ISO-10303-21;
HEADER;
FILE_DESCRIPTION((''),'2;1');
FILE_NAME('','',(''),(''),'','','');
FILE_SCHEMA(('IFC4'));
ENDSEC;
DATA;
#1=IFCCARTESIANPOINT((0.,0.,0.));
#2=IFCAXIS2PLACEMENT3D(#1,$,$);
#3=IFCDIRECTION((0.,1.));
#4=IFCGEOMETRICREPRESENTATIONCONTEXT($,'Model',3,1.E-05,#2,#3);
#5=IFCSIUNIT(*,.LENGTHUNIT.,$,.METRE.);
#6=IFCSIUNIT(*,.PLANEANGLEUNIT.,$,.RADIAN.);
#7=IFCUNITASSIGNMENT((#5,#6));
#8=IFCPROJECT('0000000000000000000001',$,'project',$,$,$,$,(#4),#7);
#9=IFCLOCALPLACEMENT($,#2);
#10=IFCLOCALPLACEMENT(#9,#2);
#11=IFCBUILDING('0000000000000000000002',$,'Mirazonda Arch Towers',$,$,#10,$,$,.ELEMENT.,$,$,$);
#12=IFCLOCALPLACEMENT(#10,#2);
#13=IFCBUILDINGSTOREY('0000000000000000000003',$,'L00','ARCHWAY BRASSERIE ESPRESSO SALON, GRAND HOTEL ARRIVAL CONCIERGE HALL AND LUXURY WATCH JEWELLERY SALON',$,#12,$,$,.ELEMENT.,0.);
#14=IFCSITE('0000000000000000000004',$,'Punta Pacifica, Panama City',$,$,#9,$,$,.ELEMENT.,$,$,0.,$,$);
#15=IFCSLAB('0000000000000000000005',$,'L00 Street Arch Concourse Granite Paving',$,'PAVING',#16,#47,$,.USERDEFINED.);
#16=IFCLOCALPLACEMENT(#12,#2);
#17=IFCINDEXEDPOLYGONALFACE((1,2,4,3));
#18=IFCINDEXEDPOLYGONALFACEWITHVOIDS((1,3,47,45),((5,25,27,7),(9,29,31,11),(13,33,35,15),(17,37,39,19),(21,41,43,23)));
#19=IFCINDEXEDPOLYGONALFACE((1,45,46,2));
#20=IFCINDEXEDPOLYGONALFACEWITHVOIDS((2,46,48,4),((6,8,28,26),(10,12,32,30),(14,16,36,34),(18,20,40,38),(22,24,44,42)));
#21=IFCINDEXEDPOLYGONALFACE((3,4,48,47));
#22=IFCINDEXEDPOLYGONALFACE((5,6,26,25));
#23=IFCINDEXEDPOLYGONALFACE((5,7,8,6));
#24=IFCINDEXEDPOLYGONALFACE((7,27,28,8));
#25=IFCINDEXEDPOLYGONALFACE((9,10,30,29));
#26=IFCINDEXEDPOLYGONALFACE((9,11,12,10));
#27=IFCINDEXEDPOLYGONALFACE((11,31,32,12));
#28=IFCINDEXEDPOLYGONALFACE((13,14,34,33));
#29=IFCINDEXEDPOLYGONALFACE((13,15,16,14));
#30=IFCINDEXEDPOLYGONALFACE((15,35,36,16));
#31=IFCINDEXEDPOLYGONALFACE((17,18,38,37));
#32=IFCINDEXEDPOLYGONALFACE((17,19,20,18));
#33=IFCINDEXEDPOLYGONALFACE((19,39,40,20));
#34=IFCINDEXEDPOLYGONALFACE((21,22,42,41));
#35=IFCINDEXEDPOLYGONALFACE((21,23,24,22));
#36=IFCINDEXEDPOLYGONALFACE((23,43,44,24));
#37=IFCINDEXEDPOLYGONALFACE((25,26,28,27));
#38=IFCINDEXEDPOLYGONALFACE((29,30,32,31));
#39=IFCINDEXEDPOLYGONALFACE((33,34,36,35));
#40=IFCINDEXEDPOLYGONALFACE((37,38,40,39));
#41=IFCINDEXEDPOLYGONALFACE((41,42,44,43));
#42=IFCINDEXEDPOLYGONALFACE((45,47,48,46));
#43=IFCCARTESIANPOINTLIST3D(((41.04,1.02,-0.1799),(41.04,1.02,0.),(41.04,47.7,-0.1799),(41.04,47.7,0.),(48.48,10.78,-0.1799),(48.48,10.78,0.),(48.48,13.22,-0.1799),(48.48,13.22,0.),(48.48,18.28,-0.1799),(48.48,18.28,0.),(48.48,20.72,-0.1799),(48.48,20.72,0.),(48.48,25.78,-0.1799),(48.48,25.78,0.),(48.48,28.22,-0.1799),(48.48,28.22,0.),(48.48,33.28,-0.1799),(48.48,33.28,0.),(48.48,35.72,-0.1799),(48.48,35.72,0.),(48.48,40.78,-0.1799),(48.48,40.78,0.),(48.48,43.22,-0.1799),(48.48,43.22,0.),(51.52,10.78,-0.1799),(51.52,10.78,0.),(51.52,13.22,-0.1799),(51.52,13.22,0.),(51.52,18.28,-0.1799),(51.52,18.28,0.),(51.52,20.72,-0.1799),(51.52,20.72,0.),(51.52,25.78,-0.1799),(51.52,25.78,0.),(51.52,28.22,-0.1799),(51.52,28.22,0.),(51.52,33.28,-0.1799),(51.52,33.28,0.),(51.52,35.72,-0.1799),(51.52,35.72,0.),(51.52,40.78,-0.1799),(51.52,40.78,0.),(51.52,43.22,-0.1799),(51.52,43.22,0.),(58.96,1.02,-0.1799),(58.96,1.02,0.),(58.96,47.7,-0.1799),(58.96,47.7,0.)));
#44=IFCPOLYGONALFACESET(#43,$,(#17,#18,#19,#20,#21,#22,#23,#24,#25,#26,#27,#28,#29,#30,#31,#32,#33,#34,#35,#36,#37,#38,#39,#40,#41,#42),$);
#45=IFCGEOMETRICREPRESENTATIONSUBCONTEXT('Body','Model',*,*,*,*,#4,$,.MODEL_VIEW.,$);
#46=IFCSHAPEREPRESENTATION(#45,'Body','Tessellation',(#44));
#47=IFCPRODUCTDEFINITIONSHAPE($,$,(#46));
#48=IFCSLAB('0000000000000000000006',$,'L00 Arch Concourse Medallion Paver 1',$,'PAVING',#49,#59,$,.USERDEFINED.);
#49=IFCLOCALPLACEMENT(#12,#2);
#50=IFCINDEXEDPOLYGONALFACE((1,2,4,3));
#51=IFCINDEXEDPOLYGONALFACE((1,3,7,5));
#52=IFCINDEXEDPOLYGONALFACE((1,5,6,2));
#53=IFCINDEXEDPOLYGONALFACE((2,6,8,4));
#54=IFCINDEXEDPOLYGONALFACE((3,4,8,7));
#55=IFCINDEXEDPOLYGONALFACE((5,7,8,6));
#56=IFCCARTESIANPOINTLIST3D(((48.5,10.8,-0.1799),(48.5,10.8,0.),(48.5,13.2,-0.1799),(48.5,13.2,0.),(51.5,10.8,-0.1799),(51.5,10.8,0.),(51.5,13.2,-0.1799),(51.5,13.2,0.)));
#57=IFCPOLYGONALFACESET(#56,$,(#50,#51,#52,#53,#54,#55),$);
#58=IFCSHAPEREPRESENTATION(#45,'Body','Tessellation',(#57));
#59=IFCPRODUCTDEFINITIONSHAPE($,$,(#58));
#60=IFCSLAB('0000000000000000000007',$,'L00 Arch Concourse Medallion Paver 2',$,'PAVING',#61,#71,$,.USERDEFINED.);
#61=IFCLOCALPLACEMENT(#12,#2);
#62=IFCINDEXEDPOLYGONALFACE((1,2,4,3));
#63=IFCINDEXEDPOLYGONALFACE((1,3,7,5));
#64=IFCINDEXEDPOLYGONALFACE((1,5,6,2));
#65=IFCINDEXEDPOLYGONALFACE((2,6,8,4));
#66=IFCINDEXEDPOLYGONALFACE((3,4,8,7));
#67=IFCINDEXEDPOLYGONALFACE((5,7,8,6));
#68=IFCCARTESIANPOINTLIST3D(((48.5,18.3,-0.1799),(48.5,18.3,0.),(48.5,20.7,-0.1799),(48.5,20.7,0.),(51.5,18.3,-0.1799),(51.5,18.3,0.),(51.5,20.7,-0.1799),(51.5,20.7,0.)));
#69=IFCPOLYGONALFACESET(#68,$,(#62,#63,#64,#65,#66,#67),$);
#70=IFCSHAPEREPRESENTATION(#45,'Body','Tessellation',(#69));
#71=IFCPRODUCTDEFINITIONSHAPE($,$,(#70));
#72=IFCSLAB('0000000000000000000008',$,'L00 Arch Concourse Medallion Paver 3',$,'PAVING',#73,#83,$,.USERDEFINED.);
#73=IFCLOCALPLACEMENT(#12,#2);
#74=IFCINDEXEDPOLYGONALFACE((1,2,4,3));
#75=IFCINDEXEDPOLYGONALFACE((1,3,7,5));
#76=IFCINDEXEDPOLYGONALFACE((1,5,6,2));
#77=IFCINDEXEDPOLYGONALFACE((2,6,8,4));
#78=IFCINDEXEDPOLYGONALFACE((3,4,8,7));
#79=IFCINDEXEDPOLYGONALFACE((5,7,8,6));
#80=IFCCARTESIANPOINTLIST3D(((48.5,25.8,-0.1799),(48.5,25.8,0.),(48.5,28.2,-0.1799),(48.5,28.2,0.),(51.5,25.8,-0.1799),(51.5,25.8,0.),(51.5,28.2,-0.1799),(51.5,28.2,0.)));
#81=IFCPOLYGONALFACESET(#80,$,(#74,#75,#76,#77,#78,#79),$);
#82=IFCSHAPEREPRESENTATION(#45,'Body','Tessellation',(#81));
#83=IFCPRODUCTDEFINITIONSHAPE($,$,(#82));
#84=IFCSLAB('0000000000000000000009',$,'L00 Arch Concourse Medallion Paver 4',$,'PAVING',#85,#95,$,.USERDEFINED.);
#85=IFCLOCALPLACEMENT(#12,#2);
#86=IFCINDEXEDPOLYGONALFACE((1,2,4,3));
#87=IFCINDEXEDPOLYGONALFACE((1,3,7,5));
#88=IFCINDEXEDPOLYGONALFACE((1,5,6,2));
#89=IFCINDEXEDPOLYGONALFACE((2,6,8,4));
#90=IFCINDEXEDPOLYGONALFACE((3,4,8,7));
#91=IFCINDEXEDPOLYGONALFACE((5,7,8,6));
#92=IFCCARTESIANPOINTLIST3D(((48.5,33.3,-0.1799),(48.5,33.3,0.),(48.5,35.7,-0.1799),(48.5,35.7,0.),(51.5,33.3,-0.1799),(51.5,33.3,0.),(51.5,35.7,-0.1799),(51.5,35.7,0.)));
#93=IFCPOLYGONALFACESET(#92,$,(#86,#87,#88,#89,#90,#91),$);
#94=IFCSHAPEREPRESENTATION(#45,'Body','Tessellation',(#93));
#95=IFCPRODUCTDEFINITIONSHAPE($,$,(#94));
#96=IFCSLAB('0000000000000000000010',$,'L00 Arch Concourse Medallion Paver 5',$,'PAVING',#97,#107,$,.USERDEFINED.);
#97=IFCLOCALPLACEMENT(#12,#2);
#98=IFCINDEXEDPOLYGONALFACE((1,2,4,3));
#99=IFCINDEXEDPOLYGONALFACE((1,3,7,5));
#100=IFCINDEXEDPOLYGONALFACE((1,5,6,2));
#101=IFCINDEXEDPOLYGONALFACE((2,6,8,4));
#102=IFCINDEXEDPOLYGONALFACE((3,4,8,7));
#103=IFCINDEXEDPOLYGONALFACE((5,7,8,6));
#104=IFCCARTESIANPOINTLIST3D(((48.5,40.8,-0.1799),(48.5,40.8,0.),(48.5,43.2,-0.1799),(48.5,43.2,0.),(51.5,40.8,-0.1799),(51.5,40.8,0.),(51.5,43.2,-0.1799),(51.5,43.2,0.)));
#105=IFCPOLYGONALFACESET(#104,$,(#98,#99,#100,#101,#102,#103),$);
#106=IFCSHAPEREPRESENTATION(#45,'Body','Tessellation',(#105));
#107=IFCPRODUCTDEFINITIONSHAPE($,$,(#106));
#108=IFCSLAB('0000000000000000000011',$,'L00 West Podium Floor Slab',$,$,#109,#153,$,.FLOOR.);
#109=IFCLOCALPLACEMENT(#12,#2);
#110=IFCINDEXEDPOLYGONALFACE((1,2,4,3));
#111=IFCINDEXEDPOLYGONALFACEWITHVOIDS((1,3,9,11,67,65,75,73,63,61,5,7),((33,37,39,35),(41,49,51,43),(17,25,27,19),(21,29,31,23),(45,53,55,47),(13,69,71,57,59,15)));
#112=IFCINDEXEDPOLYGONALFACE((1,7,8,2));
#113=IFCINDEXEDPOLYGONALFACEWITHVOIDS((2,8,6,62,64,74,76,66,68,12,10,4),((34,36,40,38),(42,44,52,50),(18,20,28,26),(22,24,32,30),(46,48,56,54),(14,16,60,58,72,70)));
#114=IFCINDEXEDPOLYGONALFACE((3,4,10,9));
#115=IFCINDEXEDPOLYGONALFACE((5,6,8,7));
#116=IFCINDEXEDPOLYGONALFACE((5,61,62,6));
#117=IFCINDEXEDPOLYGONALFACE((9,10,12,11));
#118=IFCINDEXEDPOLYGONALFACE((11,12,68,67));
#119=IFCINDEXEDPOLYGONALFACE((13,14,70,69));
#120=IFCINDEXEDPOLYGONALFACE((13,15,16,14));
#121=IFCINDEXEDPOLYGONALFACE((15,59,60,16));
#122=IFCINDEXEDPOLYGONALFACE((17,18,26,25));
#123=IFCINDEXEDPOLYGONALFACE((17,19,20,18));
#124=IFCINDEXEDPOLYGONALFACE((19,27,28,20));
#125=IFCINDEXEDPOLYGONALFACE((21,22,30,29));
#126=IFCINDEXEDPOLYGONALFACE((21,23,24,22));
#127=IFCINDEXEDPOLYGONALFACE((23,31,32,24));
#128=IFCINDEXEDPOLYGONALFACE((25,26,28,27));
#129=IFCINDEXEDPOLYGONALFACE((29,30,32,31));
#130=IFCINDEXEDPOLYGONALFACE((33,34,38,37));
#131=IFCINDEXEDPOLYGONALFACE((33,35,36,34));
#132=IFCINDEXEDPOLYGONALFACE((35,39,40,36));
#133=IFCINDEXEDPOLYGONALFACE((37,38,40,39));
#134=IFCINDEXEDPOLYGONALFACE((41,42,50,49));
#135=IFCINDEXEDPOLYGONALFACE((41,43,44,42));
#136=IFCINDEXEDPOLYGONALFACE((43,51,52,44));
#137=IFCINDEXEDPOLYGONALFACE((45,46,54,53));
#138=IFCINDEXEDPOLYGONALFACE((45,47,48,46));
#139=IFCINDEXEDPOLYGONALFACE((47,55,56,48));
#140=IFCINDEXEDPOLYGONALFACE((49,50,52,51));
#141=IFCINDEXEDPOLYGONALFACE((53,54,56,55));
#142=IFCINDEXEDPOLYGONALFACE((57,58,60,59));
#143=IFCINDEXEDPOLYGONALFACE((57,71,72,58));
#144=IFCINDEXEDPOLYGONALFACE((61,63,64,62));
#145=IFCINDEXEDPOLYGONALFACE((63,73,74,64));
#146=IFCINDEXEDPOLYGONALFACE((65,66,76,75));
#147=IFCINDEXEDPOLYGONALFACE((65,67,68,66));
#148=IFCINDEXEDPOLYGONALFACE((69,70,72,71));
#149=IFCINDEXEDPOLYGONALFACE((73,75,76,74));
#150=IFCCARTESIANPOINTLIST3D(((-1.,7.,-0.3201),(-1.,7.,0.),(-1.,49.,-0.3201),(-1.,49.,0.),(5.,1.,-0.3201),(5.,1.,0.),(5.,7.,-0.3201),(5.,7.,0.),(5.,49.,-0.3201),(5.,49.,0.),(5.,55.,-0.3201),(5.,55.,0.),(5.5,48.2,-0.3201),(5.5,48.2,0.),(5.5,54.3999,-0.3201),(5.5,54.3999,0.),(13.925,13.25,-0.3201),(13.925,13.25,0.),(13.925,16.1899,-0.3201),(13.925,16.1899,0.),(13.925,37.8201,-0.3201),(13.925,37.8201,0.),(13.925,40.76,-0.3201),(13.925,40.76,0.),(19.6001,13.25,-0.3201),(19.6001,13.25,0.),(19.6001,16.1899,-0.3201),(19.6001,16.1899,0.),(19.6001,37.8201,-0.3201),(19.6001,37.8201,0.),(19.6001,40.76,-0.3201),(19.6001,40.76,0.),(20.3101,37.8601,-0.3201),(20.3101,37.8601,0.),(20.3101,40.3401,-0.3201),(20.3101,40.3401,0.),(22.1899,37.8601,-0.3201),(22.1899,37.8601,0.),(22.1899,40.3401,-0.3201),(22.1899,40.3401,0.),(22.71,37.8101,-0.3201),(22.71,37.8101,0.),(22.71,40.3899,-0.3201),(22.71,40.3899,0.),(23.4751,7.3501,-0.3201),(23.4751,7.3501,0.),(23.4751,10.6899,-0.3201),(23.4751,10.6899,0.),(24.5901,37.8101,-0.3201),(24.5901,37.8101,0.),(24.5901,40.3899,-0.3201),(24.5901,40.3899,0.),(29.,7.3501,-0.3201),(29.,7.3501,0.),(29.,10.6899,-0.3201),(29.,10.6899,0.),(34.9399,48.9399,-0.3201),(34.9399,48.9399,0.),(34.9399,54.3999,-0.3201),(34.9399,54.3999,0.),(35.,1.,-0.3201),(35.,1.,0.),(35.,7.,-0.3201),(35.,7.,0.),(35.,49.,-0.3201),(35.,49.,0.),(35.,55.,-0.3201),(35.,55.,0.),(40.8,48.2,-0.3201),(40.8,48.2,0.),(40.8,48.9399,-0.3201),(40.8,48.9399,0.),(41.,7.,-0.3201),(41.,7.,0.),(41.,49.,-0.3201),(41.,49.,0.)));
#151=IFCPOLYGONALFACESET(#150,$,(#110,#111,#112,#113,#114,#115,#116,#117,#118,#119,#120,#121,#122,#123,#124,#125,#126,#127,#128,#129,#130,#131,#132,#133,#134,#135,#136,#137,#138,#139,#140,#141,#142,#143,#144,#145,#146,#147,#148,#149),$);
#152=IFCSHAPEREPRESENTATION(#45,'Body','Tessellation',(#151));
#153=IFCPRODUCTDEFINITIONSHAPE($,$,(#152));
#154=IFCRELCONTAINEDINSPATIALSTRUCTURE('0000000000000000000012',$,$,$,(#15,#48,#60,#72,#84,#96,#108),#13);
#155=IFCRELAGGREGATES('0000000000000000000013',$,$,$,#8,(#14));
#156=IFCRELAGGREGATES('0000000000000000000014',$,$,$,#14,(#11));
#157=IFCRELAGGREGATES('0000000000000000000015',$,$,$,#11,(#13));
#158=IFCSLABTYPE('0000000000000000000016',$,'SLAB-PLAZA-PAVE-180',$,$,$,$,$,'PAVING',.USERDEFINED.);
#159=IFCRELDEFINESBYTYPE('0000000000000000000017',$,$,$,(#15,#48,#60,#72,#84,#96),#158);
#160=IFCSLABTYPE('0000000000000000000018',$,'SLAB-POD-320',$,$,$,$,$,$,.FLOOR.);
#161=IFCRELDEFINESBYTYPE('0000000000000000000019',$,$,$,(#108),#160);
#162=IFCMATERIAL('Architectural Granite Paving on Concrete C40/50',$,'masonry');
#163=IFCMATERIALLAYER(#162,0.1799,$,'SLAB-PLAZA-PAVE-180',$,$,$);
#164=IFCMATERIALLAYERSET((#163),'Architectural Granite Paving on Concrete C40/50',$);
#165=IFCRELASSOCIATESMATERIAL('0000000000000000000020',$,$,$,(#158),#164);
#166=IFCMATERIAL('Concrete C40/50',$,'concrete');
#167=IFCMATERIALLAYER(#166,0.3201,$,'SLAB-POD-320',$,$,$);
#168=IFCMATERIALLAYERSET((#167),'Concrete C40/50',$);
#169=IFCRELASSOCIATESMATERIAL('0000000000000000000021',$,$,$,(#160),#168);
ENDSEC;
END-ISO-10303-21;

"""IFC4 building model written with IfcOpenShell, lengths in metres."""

from ifc_helpers import new_model, si_unit, direction, frame, origin, place, context, subcontext, project, spatial, polyline, outline, extrude, material, layer, layer_set, type_object, element, save


model = new_model("IFC4")

# Units and contexts
model_context = context("Model", 3, precision=1e-05, world=origin(), true_north=direction((0.0, 1.0)))
body_context = subcontext(model_context, "Body", "Model", "MODEL_VIEW")
ifc_project = project(units=[si_unit("LENGTHUNIT", "METRE"), si_unit("PLANEANGLEUNIT", "RADIAN")], contexts=[model_context])

# Site, building, storey
site_placement = place(None, origin())
site = spatial("IfcSite", under=ifc_project, at=site_placement, Name="Punta Pacifica, Panama City", CompositionType="ELEMENT", RefElevation=0.0)
building_placement = place(site_placement, origin())
building = spatial("IfcBuilding", under=site, at=building_placement, Name="Mirazonda Arch Towers", CompositionType="ELEMENT")
storey_placement = place(building_placement, origin())
storey = spatial("IfcBuildingStorey", under=building, at=storey_placement, Name="L00", Description="ARCHWAY BRASSERIE ESPRESSO SALON, GRAND HOTEL ARRIVAL CONCIERGE HALL AND LUXURY WATCH JEWELLERY SALON", CompositionType="ELEMENT", Elevation=0.0)

# Shared definitions
ifc_material_1 = material(Name="Concrete C40/50", Category="concrete")

# Slabs
ifc_material_2 = material(Name="Architectural Granite Paving on Concrete C40/50", Category="masonry")
ifc_layer_1 = layer(ifc_material_2, 0.1799, Name="SLAB-PLAZA-PAVE-180")
ifc_layer_set_1 = layer_set([ifc_layer_1], Name="Architectural Granite Paving on Concrete C40/50")
slab_type_1 = type_object("IfcSlabType", Name="SLAB-PLAZA-PAVE-180", ElementType="PAVING", PredefinedType="USERDEFINED", material=ifc_layer_set_1)
slab_1_placement = place(storey_placement, frame((0.0, 0.0, -0.1799)))
element("IfcSlab", 1, at=slab_1_placement, inside=storey, type_object=slab_type_1, Name="L00 Street Arch Concourse Granite Paving", ObjectType="PAVING", PredefinedType="USERDEFINED", context=body_context, shape_type="SweptSolid", body=[
    extrude(outline(polyline([(41.04, 1.02), (58.96, 1.02), (58.96, 47.7), (41.04, 47.7), (41.04, 1.02)]), holes=[polyline([(48.48, 35.72), (51.52, 35.72), (51.52, 33.28), (48.48, 33.28), (48.48, 35.72)]), polyline([(48.48, 43.22), (51.52, 43.22), (51.52, 40.78), (48.48, 40.78), (48.48, 43.22)]), polyline([(48.48, 10.78), (48.48, 13.22), (51.52, 13.22), (51.52, 10.78), (48.48, 10.78)]), polyline([(48.48, 18.28), (48.48, 20.72), (51.52, 20.72), (51.52, 18.28), (48.48, 18.28)]), polyline([(48.48, 25.78), (48.48, 28.22), (51.52, 28.22), (51.52, 25.78), (48.48, 25.78)])]), origin(), (0.0, 0.0, 1.0), 0.1799),
])
slab_2_placement = place(storey_placement, frame((0.0, 0.0, -0.1799)))
element("IfcSlab", 2, at=slab_2_placement, inside=storey, type_object=slab_type_1, Name="L00 Arch Concourse Medallion Paver 1", ObjectType="PAVING", PredefinedType="USERDEFINED", context=body_context, shape_type="SweptSolid", body=[
    extrude(outline(polyline([(51.5, 10.8), (51.5, 13.2), (48.5, 13.2), (48.5, 10.8), (51.5, 10.8)])), origin(), (0.0, 0.0, 1.0), 0.1799),
])
slab_3_placement = place(storey_placement, frame((0.0, 0.0, -0.1799)))
element("IfcSlab", 3, at=slab_3_placement, inside=storey, type_object=slab_type_1, Name="L00 Arch Concourse Medallion Paver 2", ObjectType="PAVING", PredefinedType="USERDEFINED", context=body_context, shape_type="SweptSolid", body=[
    extrude(outline(polyline([(51.5, 18.3), (51.5, 20.7), (48.5, 20.7), (48.5, 18.3), (51.5, 18.3)])), origin(), (0.0, 0.0, 1.0), 0.1799),
])
slab_4_placement = place(storey_placement, frame((0.0, 0.0, -0.1799)))
element("IfcSlab", 4, at=slab_4_placement, inside=storey, type_object=slab_type_1, Name="L00 Arch Concourse Medallion Paver 3", ObjectType="PAVING", PredefinedType="USERDEFINED", context=body_context, shape_type="SweptSolid", body=[
    extrude(outline(polyline([(51.5, 25.8), (51.5, 28.2), (48.5, 28.2), (48.5, 25.8), (51.5, 25.8)])), origin(), (0.0, 0.0, 1.0), 0.1799),
])
slab_5_placement = place(storey_placement, frame((0.0, 0.0, -0.1799)))
element("IfcSlab", 5, at=slab_5_placement, inside=storey, type_object=slab_type_1, Name="L00 Arch Concourse Medallion Paver 4", ObjectType="PAVING", PredefinedType="USERDEFINED", context=body_context, shape_type="SweptSolid", body=[
    extrude(outline(polyline([(51.5, 33.3), (51.5, 35.7), (48.5, 35.7), (48.5, 33.3), (51.5, 33.3)])), origin(), (0.0, 0.0, 1.0), 0.1799),
])
slab_6_placement = place(storey_placement, frame((0.0, 0.0, -0.1799)))
element("IfcSlab", 6, at=slab_6_placement, inside=storey, type_object=slab_type_1, Name="L00 Arch Concourse Medallion Paver 5", ObjectType="PAVING", PredefinedType="USERDEFINED", context=body_context, shape_type="SweptSolid", body=[
    extrude(outline(polyline([(51.5, 40.8), (51.5, 43.2), (48.5, 43.2), (48.5, 40.8), (51.5, 40.8)])), origin(), (0.0, 0.0, 1.0), 0.1799),
])
ifc_layer_2 = layer(ifc_material_1, 0.3201, Name="SLAB-POD-320")
ifc_layer_set_2 = layer_set([ifc_layer_2], Name="Concrete C40/50")
slab_type_2 = type_object("IfcSlabType", Name="SLAB-POD-320", PredefinedType="FLOOR", material=ifc_layer_set_2)
slab_7_placement = place(storey_placement, frame((0.0, 0.0, -0.3201)))
element("IfcSlab", 7, at=slab_7_placement, inside=storey, type_object=slab_type_2, Name="L00 West Podium Floor Slab", PredefinedType="FLOOR", context=body_context, shape_type="SweptSolid", body=[
    extrude(outline(polyline([(5.0, 1.0), (35.0, 1.0), (35.0, 7.0), (41.0, 7.0), (41.0, 49.0), (35.0, 49.0), (35.0, 55.0), (5.0, 55.0), (5.0, 49.0), (-1.0, 49.0), (-1.0, 7.0), (5.0, 7.0), (5.0, 1.0)]), holes=[polyline([(5.5, 54.3999), (34.9399, 54.3999), (34.9399, 48.9399), (40.8, 48.9399), (40.8, 48.2), (5.5, 48.2), (5.5, 54.3999)]), polyline([(29.0, 7.3501), (23.4751, 7.3501), (23.4751, 10.6899), (29.0, 10.6899), (29.0, 7.3501)]), polyline([(22.71, 37.8101), (22.71, 40.3899), (24.5901, 40.3899), (24.5901, 37.8101), (22.71, 37.8101)]), polyline([(20.3101, 40.3401), (22.1899, 40.3401), (22.1899, 37.8601), (20.3101, 37.8601), (20.3101, 40.3401)]), polyline([(13.925, 13.25), (13.925, 16.1899), (19.6001, 16.1899), (19.6001, 13.25), (13.925, 13.25)]), polyline([(13.925, 37.8201), (13.925, 40.76), (19.6001, 40.76), (19.6001, 37.8201), (13.925, 37.8201)])]), origin(), (0.0, 0.0, 1.0), 0.3201),
])

save(model, "model.ifc")
